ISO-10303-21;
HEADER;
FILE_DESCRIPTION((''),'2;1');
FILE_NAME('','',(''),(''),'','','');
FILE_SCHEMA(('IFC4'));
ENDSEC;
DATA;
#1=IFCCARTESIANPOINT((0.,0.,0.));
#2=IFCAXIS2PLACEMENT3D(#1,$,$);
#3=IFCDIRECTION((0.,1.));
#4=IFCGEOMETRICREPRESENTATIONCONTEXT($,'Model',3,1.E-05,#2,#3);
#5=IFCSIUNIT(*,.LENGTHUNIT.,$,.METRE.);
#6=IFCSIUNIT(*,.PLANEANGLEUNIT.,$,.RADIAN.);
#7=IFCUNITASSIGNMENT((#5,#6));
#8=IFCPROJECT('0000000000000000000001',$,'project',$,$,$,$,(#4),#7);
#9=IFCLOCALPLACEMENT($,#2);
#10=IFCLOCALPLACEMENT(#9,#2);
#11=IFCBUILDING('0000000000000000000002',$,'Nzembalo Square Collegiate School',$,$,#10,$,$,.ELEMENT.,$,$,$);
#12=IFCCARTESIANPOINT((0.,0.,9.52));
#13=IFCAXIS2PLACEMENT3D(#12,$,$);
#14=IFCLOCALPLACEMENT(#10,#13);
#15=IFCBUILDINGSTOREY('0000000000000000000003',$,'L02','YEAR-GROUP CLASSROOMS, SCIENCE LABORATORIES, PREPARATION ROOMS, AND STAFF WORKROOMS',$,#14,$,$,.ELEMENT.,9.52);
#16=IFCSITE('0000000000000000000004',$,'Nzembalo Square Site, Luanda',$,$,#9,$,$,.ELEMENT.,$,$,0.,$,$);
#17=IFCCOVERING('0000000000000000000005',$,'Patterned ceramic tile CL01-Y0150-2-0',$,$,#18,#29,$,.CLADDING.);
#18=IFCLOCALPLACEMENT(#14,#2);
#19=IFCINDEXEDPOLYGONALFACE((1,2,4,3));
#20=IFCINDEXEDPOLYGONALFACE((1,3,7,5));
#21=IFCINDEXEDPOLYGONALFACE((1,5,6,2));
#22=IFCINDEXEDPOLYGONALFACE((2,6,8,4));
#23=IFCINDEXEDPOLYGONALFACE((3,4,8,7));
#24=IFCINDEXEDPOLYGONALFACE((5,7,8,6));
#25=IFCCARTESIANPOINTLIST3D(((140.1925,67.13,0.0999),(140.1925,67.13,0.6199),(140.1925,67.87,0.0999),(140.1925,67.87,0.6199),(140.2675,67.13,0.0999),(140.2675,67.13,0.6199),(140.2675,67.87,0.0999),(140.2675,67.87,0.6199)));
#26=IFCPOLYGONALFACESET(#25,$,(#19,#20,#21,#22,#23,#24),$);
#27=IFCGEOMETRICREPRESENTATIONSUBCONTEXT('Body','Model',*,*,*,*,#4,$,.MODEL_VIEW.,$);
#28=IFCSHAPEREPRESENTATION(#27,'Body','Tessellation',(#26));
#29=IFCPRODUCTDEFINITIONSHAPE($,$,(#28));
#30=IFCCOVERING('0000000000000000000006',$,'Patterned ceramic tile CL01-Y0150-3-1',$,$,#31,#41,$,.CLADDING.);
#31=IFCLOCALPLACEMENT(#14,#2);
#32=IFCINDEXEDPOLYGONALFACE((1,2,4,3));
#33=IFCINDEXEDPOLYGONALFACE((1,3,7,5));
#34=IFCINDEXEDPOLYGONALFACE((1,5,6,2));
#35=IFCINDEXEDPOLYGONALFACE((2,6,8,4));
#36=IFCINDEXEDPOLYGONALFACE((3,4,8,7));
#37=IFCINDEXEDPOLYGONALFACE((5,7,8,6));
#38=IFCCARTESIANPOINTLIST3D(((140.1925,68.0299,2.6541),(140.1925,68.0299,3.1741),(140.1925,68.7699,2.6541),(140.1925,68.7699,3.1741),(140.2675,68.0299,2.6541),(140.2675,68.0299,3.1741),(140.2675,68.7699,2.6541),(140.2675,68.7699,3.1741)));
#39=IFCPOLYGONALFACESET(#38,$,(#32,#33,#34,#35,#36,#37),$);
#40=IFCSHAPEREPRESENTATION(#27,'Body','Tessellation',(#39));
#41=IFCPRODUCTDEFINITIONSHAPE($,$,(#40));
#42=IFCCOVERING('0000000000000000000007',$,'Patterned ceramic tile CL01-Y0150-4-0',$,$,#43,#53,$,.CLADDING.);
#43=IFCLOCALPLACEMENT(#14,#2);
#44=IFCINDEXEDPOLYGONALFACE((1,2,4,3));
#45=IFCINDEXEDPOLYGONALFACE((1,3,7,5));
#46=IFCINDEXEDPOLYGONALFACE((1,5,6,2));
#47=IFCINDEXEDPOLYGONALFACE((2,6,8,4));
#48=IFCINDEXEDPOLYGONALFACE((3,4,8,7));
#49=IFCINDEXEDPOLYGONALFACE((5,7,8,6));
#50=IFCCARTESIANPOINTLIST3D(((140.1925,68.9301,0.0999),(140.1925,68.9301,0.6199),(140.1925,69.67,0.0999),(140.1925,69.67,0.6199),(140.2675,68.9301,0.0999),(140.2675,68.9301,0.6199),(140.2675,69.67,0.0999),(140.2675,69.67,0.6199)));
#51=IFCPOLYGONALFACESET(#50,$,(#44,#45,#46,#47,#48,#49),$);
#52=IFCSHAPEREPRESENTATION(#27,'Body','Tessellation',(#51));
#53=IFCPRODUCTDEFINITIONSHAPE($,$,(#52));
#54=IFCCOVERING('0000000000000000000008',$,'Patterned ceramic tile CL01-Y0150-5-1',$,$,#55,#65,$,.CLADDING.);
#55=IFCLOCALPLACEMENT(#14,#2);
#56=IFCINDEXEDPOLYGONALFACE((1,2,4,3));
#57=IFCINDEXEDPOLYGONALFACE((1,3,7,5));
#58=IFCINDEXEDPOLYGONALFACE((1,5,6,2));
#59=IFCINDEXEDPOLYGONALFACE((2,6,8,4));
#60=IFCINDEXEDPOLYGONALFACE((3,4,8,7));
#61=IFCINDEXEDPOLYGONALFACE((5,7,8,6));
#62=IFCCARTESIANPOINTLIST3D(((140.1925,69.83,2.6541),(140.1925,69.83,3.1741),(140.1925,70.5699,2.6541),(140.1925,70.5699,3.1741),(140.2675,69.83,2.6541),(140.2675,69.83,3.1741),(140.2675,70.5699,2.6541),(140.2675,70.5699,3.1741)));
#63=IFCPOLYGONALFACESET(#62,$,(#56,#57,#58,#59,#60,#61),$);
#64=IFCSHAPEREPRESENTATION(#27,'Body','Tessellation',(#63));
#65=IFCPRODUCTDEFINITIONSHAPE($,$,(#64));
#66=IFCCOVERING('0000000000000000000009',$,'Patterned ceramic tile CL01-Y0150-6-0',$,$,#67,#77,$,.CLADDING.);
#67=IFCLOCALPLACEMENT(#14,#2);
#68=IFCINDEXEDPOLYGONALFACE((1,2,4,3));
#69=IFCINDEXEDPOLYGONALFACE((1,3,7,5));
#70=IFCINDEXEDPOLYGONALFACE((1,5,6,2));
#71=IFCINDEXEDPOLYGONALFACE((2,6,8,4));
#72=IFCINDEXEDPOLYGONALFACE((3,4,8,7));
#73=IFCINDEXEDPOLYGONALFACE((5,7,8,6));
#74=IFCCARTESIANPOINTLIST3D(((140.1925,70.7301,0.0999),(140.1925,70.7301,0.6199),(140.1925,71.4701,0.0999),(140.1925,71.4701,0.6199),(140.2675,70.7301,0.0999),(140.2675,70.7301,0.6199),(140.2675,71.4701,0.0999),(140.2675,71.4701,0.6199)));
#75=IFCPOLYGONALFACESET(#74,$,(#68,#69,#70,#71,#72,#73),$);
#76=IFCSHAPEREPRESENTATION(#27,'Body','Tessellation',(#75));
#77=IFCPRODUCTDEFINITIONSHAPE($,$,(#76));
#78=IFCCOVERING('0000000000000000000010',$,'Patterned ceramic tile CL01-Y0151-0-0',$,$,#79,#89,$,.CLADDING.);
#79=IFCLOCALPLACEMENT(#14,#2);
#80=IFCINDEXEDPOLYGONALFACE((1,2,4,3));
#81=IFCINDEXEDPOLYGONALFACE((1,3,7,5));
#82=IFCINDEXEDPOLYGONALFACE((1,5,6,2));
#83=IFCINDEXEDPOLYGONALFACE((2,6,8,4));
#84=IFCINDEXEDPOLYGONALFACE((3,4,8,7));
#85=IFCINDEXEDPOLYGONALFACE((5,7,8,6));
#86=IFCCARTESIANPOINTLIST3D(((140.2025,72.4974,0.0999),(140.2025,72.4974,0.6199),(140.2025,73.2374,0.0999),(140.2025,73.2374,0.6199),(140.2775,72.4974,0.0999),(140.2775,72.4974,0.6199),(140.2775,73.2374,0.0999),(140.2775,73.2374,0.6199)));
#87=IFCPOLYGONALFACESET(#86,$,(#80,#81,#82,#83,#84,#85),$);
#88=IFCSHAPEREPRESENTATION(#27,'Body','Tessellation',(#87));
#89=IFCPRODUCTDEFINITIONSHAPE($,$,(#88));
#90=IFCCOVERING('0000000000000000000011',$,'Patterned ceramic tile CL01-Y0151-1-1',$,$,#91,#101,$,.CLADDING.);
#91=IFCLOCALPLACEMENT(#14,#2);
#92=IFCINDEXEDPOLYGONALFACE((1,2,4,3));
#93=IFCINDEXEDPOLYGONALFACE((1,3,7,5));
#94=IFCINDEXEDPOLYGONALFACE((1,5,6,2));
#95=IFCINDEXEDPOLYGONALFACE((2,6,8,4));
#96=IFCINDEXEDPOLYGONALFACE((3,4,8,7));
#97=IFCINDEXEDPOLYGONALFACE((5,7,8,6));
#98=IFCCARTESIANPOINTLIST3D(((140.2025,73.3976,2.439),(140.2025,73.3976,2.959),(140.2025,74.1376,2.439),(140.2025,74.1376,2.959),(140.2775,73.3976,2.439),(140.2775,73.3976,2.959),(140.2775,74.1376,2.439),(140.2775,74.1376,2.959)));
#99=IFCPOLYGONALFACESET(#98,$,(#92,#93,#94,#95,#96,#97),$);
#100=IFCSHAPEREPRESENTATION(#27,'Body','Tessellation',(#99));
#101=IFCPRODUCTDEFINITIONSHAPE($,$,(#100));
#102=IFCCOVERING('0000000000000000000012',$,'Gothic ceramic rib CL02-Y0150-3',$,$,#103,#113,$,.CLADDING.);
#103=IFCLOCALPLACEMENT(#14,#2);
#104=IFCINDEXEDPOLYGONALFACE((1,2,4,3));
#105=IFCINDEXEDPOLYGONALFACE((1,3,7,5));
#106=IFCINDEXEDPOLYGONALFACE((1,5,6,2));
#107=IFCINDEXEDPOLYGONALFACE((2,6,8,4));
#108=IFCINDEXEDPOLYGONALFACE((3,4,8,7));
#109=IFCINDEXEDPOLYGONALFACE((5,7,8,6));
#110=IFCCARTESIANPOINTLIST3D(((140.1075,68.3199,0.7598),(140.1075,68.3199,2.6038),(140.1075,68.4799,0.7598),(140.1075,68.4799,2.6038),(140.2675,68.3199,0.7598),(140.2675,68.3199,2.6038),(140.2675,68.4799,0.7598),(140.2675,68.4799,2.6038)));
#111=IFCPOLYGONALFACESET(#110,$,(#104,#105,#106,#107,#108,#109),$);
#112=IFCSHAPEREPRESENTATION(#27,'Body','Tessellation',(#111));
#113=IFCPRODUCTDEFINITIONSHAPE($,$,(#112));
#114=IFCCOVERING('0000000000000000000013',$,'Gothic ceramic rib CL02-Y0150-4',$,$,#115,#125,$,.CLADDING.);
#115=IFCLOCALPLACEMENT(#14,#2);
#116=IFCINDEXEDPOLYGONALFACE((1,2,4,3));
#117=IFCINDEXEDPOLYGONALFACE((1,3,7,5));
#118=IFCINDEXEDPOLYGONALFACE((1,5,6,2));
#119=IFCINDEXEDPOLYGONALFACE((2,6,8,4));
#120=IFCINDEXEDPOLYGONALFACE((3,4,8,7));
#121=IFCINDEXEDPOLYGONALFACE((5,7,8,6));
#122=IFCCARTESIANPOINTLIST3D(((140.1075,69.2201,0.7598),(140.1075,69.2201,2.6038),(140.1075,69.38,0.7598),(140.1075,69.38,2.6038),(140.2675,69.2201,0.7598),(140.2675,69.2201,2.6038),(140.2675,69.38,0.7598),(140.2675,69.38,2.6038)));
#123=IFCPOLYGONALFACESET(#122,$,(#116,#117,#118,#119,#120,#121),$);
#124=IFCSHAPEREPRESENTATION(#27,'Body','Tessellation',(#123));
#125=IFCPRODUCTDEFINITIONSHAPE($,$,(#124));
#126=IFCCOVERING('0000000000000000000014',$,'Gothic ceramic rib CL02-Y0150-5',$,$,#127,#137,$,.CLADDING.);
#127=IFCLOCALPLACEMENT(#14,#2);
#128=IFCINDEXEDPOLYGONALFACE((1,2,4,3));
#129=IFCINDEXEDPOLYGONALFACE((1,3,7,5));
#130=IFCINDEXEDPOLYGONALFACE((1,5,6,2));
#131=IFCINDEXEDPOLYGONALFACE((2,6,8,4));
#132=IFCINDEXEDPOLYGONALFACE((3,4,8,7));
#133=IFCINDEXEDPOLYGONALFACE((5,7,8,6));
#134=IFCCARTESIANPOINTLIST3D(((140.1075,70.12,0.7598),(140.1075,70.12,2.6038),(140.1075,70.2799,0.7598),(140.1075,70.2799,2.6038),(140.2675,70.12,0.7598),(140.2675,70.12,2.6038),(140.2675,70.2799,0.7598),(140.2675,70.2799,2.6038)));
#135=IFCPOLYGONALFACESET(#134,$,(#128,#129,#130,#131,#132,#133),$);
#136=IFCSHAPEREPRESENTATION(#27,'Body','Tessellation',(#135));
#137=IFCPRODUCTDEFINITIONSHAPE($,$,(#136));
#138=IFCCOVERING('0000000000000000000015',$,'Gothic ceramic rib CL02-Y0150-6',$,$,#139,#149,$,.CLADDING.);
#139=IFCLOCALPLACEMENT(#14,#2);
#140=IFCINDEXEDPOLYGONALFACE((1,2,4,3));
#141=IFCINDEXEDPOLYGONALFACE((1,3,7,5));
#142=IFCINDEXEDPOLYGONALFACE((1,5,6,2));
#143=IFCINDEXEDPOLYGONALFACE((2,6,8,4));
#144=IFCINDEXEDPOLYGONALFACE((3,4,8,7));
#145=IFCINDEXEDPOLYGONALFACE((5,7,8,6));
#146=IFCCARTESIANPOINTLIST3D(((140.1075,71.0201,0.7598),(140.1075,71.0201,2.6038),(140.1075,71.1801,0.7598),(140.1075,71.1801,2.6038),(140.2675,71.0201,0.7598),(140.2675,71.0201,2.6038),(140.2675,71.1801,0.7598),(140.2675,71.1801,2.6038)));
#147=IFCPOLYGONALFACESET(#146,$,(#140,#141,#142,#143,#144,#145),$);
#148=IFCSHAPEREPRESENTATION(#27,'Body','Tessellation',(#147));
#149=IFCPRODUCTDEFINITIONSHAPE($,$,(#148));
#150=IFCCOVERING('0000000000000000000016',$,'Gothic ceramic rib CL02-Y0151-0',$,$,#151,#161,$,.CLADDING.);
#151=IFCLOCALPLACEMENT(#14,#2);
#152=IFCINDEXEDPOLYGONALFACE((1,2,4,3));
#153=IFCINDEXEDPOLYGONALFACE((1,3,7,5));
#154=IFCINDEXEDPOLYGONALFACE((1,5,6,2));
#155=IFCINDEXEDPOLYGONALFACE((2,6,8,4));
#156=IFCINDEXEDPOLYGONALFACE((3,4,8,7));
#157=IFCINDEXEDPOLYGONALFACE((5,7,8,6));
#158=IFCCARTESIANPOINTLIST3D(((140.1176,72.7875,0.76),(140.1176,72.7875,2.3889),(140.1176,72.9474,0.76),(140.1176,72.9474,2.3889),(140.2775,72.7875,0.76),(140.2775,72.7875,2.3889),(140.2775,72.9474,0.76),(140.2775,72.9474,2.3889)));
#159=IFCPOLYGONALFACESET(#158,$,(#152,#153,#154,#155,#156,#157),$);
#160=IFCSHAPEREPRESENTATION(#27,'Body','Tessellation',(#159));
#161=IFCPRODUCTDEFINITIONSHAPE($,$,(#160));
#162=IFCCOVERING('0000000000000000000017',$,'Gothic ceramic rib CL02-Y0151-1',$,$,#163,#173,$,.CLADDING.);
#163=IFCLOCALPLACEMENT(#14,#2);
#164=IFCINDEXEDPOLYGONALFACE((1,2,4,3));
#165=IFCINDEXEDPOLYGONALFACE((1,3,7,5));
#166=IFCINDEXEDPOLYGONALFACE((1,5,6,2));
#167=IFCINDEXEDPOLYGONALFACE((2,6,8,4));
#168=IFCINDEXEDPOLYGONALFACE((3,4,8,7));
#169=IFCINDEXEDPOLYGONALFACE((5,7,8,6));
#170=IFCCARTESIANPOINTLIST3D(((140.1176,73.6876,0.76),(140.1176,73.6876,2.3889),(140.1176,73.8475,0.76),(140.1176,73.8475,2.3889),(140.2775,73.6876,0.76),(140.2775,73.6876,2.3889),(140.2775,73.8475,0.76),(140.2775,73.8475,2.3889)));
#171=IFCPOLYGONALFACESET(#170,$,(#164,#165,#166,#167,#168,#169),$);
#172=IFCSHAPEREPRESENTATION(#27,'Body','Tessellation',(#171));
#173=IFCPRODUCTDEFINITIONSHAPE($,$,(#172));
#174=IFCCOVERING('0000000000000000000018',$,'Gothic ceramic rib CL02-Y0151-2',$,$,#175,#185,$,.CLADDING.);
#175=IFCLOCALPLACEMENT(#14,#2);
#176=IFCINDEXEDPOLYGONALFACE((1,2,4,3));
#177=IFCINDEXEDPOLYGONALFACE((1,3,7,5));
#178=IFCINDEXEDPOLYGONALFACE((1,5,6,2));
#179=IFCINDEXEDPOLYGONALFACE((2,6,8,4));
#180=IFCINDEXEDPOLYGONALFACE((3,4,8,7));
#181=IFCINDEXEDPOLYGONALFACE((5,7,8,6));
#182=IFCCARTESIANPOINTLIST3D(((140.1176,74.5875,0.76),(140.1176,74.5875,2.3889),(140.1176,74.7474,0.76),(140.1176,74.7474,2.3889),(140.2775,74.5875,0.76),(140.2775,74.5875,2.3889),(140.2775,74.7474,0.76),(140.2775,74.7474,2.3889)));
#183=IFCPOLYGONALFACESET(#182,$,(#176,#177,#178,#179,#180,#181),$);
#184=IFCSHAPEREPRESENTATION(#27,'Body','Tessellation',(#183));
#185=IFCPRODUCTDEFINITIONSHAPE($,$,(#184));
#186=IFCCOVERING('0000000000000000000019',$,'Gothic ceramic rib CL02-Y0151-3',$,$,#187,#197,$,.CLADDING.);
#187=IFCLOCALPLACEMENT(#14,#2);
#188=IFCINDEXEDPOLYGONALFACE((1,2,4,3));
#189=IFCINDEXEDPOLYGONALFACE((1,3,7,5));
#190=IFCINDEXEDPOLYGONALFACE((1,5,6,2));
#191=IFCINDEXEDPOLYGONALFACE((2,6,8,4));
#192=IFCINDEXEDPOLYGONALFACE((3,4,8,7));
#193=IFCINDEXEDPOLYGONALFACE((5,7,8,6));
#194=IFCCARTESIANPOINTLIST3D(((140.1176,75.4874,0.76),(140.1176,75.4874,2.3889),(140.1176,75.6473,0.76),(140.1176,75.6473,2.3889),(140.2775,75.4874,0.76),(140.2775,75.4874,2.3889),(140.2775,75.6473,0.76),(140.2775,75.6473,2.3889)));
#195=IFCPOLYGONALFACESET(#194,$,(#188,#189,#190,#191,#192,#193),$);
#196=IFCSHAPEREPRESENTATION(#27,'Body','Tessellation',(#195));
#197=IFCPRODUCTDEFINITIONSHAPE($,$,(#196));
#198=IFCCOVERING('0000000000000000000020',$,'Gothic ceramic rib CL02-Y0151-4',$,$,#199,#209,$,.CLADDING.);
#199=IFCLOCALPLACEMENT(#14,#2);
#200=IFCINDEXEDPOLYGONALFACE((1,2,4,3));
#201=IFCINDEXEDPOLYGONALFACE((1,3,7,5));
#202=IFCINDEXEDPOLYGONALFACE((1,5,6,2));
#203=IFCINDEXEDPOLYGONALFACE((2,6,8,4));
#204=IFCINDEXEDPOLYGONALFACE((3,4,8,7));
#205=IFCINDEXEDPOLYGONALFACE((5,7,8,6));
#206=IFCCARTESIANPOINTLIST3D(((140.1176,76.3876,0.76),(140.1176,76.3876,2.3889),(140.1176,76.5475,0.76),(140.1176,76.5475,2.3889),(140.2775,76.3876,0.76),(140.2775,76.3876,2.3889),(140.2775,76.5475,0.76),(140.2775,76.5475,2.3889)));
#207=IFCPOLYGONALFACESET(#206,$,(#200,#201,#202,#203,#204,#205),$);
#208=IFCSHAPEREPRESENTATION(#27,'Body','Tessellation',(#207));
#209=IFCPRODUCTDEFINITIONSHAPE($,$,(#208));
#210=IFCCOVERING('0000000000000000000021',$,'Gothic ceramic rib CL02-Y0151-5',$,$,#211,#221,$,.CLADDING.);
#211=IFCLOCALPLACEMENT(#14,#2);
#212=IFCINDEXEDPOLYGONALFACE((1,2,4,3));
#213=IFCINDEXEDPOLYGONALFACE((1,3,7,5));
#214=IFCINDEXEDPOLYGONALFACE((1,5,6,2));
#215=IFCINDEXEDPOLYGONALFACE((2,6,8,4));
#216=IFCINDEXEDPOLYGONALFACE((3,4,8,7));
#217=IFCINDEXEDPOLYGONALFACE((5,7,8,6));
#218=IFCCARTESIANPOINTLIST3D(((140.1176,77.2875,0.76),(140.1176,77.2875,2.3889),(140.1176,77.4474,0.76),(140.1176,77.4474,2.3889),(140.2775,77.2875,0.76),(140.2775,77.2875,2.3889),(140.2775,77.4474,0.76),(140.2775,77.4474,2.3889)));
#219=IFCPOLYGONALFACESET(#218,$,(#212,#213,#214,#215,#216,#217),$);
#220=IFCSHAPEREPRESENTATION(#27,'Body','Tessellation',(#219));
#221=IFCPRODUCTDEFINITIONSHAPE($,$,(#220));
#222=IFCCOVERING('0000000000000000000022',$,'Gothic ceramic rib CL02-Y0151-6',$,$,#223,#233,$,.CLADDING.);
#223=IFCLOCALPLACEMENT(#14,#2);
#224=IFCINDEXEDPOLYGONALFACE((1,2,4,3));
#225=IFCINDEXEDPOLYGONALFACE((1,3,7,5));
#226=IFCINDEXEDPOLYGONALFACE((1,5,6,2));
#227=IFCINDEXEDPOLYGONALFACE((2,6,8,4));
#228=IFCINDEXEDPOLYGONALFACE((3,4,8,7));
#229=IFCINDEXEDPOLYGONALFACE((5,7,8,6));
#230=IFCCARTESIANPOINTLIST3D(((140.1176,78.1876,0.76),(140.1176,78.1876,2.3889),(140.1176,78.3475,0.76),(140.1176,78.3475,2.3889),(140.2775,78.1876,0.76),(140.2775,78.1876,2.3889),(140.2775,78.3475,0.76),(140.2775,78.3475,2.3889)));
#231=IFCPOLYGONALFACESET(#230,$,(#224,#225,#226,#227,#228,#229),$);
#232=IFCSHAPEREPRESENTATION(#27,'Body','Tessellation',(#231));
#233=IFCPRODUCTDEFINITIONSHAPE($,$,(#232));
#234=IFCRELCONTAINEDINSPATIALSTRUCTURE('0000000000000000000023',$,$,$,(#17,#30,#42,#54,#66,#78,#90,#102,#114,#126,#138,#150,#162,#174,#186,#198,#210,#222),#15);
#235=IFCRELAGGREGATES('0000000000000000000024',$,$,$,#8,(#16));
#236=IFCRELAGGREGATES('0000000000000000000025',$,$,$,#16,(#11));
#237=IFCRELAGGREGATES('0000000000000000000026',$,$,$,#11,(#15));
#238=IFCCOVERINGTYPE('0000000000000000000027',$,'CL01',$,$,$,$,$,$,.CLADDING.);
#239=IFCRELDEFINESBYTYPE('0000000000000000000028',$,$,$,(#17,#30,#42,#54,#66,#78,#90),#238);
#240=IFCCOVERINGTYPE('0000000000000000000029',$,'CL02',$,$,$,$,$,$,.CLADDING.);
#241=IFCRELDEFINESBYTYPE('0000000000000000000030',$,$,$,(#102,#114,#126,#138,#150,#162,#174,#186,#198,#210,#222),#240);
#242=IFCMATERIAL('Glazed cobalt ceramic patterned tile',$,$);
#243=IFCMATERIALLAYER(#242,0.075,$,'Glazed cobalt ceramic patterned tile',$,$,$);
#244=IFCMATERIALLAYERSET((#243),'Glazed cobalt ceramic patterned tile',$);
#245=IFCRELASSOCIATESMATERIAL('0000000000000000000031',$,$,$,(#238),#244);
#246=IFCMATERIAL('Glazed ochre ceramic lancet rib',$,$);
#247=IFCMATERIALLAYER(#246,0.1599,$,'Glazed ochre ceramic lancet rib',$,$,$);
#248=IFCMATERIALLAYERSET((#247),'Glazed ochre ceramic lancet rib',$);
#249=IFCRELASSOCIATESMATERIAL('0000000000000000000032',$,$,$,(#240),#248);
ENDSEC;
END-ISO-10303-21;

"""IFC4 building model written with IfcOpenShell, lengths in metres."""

from ifc_helpers import new_model, si_unit, direction, frame, origin, origin_2d, place, context, subcontext, project, spatial, rectangle, extrude, material, layer, layer_set, type_object, element, save


model = new_model("IFC4")

# Units and contexts
model_context = context("Model", 3, precision=1e-05, world=origin(), true_north=direction((0.0, 1.0)))
body_context = subcontext(model_context, "Body", "Model", "MODEL_VIEW")
ifc_project = project(units=[si_unit("LENGTHUNIT", "METRE"), si_unit("PLANEANGLEUNIT", "RADIAN")], contexts=[model_context])

# Site, building, storey
site_placement = place(None, origin())
site = spatial("IfcSite", under=ifc_project, at=site_placement, Name="Nzembalo Square Site, Luanda", CompositionType="ELEMENT", RefElevation=0.0)
building_placement = place(site_placement, origin())
building = spatial("IfcBuilding", under=site, at=building_placement, Name="Nzembalo Square Collegiate School", CompositionType="ELEMENT")
storey_placement = place(building_placement, frame((0.0, 0.0, 9.52)))
storey = spatial("IfcBuildingStorey", under=building, at=storey_placement, Name="L02", Description="YEAR-GROUP CLASSROOMS, SCIENCE LABORATORIES, PREPARATION ROOMS, AND STAFF WORKROOMS", CompositionType="ELEMENT", Elevation=9.52)

# Coverings
ifc_material_1 = material(Name="Glazed cobalt ceramic patterned tile")
ifc_layer_1 = layer(ifc_material_1, 0.075, Name="Glazed cobalt ceramic patterned tile")
ifc_layer_set_1 = layer_set([ifc_layer_1], Name="Glazed cobalt ceramic patterned tile")
covering_type_1 = type_object("IfcCoveringType", Name="CL01", PredefinedType="CLADDING", material=ifc_layer_set_1)
for number, where, z_axis, x_axis, name in (
    (1, (140.23, 67.5, 0.0999), (0.0, 0.0, 1.0), (1.0, 0.0, 0.0), "Patterned ceramic tile CL01-Y0150-2-0"),
    (2, (140.23, 68.3999, 2.6541), (0.0, 0.0, 1.0), (1.0, 0.0, 0.0), "Patterned ceramic tile CL01-Y0150-3-1"),
    (3, (140.23, 69.3, 0.0999), (0.0, 0.0, 1.0), (1.0, 0.0, 0.0), "Patterned ceramic tile CL01-Y0150-4-0"),
    (4, (140.23, 70.2, 2.6541), (0.0, 0.0, 1.0), (1.0, 0.0, 0.0), "Patterned ceramic tile CL01-Y0150-5-1"),
    (5, (140.23, 71.1001, 0.0999), (0.0, 0.0, 1.0), (1.0, 0.0, 0.0), "Patterned ceramic tile CL01-Y0150-6-0"),
    (6, (140.24, 72.8674, 0.0999), (0.0, 0.0, 1.0), (1.0, 0.0, 0.0), "Patterned ceramic tile CL01-Y0151-0-0"),
    (7, (140.24, 73.7676, 2.439), (0.0, 0.0, 1.0), (1.0, 0.0, 0.0), "Patterned ceramic tile CL01-Y0151-1-1"),
):
    element("IfcCovering", number, at=place(storey_placement, frame(where, z_axis=z_axis, x_axis=x_axis)), inside=storey, type_object=covering_type_1, Name=name, PredefinedType="CLADDING", context=body_context, shape_type="SweptSolid", body=[
        extrude(rectangle(XDim=0.075, YDim=0.74, at=origin_2d()), origin(), (0.0, 0.0, 1.0), 0.52),
    ])
ifc_material_2 = material(Name="Glazed ochre ceramic lancet rib")
ifc_layer_2 = layer(ifc_material_2, 0.1599, Name="Glazed ochre ceramic lancet rib")
ifc_layer_set_2 = layer_set([ifc_layer_2], Name="Glazed ochre ceramic lancet rib")
covering_type_2 = type_object("IfcCoveringType", Name="CL02", PredefinedType="CLADDING", material=ifc_layer_set_2)
for number, where, z_axis, x_axis, name in (
    (8, (140.1875, 68.3999, 0.7598), (0.0, 0.0, 1.0), (1.0, 0.0, 0.0), "Gothic ceramic rib CL02-Y0150-3"),
    (9, (140.1875, 69.3, 0.7598), (0.0, 0.0, 1.0), (1.0, 0.0, 0.0), "Gothic ceramic rib CL02-Y0150-4"),
    (10, (140.1875, 70.2, 0.7598), (0.0, 0.0, 1.0), (1.0, 0.0, 0.0), "Gothic ceramic rib CL02-Y0150-5"),
    (11, (140.1875, 71.1001, 0.7598), (0.0, 0.0, 1.0), (1.0, 0.0, 0.0), "Gothic ceramic rib CL02-Y0150-6"),
):
    element("IfcCovering", number, at=place(storey_placement, frame(where, z_axis=z_axis, x_axis=x_axis)), inside=storey, type_object=covering_type_2, Name=name, PredefinedType="CLADDING", context=body_context, shape_type="SweptSolid", body=[
        extrude(rectangle(XDim=0.1599, YDim=0.1599, at=origin_2d()), origin(), (0.0, 0.0, 1.0), 1.844),
    ])
for number, where, z_axis, x_axis, name in (
    (12, (140.1975, 72.8674, 0.76), (0.0, 0.0, 1.0), (1.0, 0.0, 0.0), "Gothic ceramic rib CL02-Y0151-0"),
    (13, (140.1975, 73.7676, 0.76), (0.0, 0.0, 1.0), (1.0, 0.0, 0.0), "Gothic ceramic rib CL02-Y0151-1"),
    (14, (140.1975, 74.6675, 0.76), (0.0, 0.0, 1.0), (1.0, 0.0, 0.0), "Gothic ceramic rib CL02-Y0151-2"),
    (15, (140.1975, 75.5674, 0.76), (0.0, 0.0, 1.0), (1.0, 0.0, 0.0), "Gothic ceramic rib CL02-Y0151-3"),
    (16, (140.1975, 76.4675, 0.76), (0.0, 0.0, 1.0), (1.0, 0.0, 0.0), "Gothic ceramic rib CL02-Y0151-4"),
    (17, (140.1975, 77.3674, 0.76), (0.0, 0.0, 1.0), (1.0, 0.0, 0.0), "Gothic ceramic rib CL02-Y0151-5"),
    (18, (140.1975, 78.2676, 0.76), (0.0, 0.0, 1.0), (1.0, 0.0, 0.0), "Gothic ceramic rib CL02-Y0151-6"),
):
    element("IfcCovering", number, at=place(storey_placement, frame(where, z_axis=z_axis, x_axis=x_axis)), inside=storey, type_object=covering_type_2, Name=name, PredefinedType="CLADDING", context=body_context, shape_type="SweptSolid", body=[
        extrude(rectangle(XDim=0.1599, YDim=0.1599, at=origin_2d()), origin(), (0.0, 0.0, 1.0), 1.6289),
    ])

save(model, "model.ifc")
